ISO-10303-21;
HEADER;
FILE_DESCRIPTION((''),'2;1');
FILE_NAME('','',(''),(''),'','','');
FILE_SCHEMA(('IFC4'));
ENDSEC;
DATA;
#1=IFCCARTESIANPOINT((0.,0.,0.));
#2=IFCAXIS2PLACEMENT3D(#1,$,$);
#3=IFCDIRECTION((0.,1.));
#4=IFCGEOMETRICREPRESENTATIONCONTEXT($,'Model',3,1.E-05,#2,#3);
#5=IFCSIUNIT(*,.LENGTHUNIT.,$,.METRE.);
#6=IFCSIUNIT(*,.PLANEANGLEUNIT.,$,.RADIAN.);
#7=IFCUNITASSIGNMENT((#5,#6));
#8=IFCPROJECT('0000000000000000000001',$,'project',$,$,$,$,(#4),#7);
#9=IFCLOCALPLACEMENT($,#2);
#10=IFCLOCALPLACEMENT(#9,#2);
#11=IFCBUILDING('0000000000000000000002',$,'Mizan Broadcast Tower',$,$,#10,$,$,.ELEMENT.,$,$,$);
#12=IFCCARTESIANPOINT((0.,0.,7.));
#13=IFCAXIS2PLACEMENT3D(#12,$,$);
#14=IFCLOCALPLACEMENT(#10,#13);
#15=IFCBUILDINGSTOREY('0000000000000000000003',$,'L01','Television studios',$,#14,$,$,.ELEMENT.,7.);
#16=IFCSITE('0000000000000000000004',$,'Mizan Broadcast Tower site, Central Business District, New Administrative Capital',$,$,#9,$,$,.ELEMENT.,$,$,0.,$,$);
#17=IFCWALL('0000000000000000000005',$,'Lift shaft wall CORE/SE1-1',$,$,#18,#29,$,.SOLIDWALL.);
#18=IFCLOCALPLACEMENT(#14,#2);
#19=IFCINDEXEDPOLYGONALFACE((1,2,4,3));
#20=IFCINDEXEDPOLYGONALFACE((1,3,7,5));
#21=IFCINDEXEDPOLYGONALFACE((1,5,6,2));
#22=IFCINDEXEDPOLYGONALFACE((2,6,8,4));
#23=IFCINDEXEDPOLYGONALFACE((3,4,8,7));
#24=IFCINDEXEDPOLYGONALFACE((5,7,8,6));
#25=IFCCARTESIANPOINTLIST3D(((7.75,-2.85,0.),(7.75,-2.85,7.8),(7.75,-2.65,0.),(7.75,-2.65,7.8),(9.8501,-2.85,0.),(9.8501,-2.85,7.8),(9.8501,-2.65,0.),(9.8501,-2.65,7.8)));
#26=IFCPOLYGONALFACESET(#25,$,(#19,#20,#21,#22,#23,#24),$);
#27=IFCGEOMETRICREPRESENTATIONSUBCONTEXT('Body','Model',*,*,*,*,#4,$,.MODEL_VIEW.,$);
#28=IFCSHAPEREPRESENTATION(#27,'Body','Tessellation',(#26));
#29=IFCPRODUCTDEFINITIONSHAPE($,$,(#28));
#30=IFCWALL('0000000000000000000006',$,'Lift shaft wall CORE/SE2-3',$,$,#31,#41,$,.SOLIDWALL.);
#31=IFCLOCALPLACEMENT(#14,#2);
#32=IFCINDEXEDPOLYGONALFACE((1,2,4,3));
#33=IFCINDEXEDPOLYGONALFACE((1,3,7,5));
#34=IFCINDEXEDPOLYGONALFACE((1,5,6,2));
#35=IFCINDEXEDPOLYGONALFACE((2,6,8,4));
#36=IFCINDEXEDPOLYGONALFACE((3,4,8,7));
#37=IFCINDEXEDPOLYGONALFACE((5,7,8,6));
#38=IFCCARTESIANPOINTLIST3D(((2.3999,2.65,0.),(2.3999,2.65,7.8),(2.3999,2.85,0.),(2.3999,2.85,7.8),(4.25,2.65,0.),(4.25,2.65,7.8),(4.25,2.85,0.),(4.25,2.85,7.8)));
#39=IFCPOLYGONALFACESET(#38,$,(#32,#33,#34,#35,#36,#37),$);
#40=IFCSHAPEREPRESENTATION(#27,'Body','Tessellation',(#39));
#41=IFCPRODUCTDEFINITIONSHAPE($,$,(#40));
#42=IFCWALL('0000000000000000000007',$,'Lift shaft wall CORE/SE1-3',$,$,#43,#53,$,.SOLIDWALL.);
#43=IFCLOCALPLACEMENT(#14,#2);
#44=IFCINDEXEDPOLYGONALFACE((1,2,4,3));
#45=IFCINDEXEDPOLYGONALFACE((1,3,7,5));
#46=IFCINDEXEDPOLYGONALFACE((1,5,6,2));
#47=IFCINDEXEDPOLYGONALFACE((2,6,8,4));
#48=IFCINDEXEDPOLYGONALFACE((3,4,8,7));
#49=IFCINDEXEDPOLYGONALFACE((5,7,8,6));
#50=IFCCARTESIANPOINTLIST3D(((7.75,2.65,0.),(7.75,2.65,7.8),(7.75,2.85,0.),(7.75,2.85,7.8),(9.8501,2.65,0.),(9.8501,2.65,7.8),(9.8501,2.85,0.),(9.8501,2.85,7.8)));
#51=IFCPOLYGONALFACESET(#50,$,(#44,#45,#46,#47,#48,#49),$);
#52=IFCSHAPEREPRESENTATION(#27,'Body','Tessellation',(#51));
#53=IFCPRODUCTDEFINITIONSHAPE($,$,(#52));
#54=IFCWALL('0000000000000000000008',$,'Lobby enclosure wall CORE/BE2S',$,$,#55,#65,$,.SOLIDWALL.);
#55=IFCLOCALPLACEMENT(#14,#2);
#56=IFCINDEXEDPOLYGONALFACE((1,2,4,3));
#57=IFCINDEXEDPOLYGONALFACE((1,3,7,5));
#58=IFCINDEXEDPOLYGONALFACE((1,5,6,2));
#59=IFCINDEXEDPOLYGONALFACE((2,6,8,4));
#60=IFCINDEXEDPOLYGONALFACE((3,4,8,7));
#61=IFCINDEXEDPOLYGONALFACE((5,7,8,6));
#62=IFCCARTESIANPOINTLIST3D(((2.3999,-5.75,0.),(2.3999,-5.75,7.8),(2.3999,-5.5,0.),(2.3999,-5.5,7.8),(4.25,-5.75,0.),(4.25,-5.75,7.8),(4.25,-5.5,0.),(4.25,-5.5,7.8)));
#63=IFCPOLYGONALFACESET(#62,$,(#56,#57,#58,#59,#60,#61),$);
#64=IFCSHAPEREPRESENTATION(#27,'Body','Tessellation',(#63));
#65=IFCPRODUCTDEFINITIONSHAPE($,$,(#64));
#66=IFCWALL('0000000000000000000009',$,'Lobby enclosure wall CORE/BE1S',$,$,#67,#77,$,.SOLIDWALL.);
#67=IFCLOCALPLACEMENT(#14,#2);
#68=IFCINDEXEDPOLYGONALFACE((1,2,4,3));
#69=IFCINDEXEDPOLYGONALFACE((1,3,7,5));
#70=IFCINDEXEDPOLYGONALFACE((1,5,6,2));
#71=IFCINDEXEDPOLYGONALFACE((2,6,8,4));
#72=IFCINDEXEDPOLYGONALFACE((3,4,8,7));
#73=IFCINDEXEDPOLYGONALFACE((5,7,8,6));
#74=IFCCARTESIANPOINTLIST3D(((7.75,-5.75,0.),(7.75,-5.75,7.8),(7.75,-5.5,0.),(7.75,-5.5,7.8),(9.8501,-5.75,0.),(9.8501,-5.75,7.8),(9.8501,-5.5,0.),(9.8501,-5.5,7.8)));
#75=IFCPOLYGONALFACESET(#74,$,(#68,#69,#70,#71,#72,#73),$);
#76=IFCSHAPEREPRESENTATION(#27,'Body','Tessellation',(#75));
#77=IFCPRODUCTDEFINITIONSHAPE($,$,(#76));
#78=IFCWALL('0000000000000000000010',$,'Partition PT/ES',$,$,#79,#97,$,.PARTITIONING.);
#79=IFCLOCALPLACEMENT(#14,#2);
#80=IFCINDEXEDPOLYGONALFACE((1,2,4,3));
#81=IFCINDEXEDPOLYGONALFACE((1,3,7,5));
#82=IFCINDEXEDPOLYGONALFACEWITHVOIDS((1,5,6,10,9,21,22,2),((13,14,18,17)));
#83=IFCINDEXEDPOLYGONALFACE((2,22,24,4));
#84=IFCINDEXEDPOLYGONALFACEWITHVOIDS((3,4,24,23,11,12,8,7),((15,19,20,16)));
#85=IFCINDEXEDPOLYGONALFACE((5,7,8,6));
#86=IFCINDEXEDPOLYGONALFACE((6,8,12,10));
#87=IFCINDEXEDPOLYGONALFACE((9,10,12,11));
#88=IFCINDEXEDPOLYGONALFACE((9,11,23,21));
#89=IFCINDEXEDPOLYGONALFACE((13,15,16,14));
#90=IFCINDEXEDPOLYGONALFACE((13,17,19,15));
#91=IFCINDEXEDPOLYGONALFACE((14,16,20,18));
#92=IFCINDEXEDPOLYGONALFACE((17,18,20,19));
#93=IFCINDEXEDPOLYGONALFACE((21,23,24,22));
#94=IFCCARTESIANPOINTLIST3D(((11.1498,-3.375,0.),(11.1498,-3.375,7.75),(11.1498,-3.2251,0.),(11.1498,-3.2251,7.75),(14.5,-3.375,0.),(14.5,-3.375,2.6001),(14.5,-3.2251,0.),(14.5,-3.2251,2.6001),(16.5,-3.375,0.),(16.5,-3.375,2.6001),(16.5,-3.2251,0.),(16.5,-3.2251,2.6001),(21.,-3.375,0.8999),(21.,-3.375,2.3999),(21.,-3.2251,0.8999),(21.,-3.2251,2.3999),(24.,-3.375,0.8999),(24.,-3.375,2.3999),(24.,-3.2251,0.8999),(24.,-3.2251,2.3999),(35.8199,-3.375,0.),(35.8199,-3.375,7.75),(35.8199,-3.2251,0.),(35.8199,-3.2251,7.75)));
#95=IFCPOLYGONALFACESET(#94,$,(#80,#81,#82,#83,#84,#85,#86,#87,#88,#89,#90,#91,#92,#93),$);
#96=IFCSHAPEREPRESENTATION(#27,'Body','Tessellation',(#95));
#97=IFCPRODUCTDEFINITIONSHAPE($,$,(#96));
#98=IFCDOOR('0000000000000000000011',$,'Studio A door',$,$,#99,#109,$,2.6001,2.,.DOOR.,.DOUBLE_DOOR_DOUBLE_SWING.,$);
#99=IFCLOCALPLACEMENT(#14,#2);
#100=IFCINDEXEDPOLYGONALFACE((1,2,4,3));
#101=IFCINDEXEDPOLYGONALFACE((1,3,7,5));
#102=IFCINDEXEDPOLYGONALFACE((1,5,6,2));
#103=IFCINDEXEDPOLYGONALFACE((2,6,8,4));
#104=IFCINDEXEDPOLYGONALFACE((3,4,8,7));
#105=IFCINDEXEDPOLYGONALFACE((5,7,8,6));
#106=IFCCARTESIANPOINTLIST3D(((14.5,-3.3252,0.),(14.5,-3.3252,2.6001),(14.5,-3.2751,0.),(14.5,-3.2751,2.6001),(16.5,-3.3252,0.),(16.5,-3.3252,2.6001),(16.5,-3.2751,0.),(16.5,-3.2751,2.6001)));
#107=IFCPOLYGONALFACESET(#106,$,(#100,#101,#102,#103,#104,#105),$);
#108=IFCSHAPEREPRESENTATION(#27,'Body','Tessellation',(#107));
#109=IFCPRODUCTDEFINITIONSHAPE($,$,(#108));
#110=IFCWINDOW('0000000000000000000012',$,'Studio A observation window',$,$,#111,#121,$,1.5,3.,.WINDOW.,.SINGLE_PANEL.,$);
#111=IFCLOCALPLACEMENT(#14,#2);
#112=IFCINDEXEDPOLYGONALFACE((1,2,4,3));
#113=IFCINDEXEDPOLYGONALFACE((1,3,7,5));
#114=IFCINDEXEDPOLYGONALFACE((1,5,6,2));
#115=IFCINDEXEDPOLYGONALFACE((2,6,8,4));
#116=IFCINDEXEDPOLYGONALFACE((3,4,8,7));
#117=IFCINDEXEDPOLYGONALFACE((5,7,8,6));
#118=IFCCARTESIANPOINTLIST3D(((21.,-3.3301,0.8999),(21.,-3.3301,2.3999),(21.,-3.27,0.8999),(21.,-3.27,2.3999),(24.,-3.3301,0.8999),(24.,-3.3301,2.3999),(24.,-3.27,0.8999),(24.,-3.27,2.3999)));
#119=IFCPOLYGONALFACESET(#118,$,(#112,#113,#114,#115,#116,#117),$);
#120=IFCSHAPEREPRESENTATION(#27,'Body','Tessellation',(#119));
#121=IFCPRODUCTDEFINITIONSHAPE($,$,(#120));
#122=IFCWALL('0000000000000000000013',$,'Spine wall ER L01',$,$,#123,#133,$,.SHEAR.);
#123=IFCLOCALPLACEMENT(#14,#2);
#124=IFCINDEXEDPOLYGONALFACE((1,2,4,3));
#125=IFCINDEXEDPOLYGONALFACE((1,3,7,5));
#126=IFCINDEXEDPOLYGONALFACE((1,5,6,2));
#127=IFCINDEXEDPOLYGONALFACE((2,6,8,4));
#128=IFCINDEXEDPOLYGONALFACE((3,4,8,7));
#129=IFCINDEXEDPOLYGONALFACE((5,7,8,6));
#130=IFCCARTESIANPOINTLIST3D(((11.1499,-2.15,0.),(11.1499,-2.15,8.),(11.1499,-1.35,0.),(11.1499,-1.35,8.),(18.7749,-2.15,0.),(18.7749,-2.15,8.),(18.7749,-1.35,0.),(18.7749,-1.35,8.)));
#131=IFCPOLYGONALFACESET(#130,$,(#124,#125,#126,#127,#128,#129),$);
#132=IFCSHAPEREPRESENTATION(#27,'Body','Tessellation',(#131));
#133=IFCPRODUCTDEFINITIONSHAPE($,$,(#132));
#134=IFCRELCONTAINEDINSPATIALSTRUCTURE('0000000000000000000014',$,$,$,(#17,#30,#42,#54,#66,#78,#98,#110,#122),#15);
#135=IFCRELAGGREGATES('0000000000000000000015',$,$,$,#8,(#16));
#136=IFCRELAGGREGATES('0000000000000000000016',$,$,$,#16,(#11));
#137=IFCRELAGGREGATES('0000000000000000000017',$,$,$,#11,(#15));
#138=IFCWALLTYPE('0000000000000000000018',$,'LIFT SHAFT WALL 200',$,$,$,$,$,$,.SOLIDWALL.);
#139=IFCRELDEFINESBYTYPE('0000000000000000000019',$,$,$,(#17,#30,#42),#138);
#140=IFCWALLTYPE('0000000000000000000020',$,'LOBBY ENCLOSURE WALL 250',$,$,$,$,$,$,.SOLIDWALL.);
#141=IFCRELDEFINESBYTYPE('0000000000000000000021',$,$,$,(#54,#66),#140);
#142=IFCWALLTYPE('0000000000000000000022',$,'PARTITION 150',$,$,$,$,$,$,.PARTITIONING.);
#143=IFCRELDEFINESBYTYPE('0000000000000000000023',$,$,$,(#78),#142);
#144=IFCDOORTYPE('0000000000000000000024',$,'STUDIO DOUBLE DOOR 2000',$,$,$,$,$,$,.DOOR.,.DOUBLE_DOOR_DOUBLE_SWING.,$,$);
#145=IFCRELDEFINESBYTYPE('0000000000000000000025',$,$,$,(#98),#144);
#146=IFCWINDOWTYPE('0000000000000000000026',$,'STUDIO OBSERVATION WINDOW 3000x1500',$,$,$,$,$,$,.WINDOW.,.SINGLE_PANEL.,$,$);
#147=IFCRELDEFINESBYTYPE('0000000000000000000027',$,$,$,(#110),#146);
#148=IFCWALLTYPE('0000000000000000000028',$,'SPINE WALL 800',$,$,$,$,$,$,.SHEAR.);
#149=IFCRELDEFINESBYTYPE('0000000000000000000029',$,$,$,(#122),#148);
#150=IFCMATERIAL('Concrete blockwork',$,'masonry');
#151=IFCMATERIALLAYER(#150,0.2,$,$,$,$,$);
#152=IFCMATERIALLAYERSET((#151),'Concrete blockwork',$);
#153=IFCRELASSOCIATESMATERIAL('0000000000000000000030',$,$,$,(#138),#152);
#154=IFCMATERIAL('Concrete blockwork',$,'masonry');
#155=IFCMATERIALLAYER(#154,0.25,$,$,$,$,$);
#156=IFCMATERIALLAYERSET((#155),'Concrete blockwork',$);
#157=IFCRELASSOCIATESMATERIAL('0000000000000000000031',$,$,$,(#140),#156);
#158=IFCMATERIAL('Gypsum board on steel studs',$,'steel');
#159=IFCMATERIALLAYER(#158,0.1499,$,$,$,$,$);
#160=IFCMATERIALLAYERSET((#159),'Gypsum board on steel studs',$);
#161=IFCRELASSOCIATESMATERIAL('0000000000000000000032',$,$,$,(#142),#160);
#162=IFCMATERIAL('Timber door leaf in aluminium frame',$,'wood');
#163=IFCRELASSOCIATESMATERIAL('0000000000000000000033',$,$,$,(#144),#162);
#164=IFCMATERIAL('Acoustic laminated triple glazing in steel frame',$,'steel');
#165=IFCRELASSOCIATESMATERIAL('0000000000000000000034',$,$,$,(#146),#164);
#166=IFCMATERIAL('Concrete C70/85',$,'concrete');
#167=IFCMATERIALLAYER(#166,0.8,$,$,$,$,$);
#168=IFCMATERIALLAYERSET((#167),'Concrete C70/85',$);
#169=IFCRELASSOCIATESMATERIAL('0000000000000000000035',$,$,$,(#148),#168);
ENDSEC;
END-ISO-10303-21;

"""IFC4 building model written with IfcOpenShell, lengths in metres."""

from ifc_helpers import new_model, si_unit, direction, frame, frame_2d, origin, place, context, subcontext, project, spatial, rectangle, extrude, material, layer, layer_set, type_object, element, fill, save


model = new_model("IFC4")

# Units and contexts
model_context = context("Model", 3, precision=1e-05, world=origin(), true_north=direction((0.0, 1.0)))
body_context = subcontext(model_context, "Body", "Model", "MODEL_VIEW")
ifc_project = project(units=[si_unit("LENGTHUNIT", "METRE"), si_unit("PLANEANGLEUNIT", "RADIAN")], contexts=[model_context])

# Site, building, storey
site_placement = place(None, origin())
site = spatial("IfcSite", under=ifc_project, at=site_placement, Name="Mizan Broadcast Tower site, Central Business District, New Administrative Capital", CompositionType="ELEMENT", RefElevation=0.0)
building_placement = place(site_placement, origin())
building = spatial("IfcBuilding", under=site, at=building_placement, Name="Mizan Broadcast Tower", CompositionType="ELEMENT")
storey_placement = place(building_placement, frame((0.0, 0.0, 7.0)))
storey = spatial("IfcBuildingStorey", under=building, at=storey_placement, Name="L01", Description="Television studios", CompositionType="ELEMENT", Elevation=7.0)

# Walls
ifc_material_1 = material(Name="Concrete blockwork", Category="masonry")
ifc_layer_1 = layer(ifc_material_1, 0.2)
ifc_layer_set_1 = layer_set([ifc_layer_1], Name="Concrete blockwork")
wall_type_1 = type_object("IfcWallType", Name="LIFT SHAFT WALL 200", PredefinedType="SOLIDWALL", material=ifc_layer_set_1)
wall_1_placement = place(storey_placement, frame((7.75, -2.75, 0.0), z_axis=(0.0, 0.0, 1.0), x_axis=(1.0, 0.0, 0.0)))
element("IfcWall", 1, at=wall_1_placement, inside=storey, type_object=wall_type_1, Name="Lift shaft wall CORE/SE1-1", PredefinedType="SOLIDWALL", context=body_context, shape_type="SweptSolid", body=[
    extrude(rectangle(XDim=2.1001, YDim=0.2, at=frame_2d((1.05, 0.0))), origin(), (0.0, 0.0, 1.0), 7.8),
])
wall_2_placement = place(storey_placement, frame((2.3999, 2.75, 0.0), z_axis=(0.0, 0.0, 1.0), x_axis=(1.0, 0.0, 0.0)))
element("IfcWall", 2, at=wall_2_placement, inside=storey, type_object=wall_type_1, Name="Lift shaft wall CORE/SE2-3", PredefinedType="SOLIDWALL", context=body_context, shape_type="SweptSolid", body=[
    extrude(rectangle(XDim=1.8501, YDim=0.2, at=frame_2d((0.925, 0.0))), origin(), (0.0, 0.0, 1.0), 7.8),
])
wall_3_placement = place(storey_placement, frame((7.75, 2.75, 0.0), z_axis=(0.0, 0.0, 1.0), x_axis=(1.0, 0.0, 0.0)))
element("IfcWall", 3, at=wall_3_placement, inside=storey, type_object=wall_type_1, Name="Lift shaft wall CORE/SE1-3", PredefinedType="SOLIDWALL", context=body_context, shape_type="SweptSolid", body=[
    extrude(rectangle(XDim=2.1001, YDim=0.2, at=frame_2d((1.05, 0.0))), origin(), (0.0, 0.0, 1.0), 7.8),
])
ifc_material_2 = material(Name="Concrete blockwork", Category="masonry")
ifc_layer_2 = layer(ifc_material_2, 0.25)
ifc_layer_set_2 = layer_set([ifc_layer_2], Name="Concrete blockwork")
wall_type_2 = type_object("IfcWallType", Name="LOBBY ENCLOSURE WALL 250", PredefinedType="SOLIDWALL", material=ifc_layer_set_2)
wall_4_placement = place(storey_placement, frame((2.3999, -5.625, 0.0), z_axis=(0.0, 0.0, 1.0), x_axis=(1.0, 0.0, 0.0)))
element("IfcWall", 4, at=wall_4_placement, inside=storey, type_object=wall_type_2, Name="Lobby enclosure wall CORE/BE2S", PredefinedType="SOLIDWALL", context=body_context, shape_type="SweptSolid", body=[
    extrude(rectangle(XDim=1.8501, YDim=0.25, at=frame_2d((0.925, 0.0))), origin(), (0.0, 0.0, 1.0), 7.8),
])
wall_5_placement = place(storey_placement, frame((7.75, -5.625, 0.0), z_axis=(0.0, 0.0, 1.0), x_axis=(1.0, 0.0, 0.0)))
element("IfcWall", 5, at=wall_5_placement, inside=storey, type_object=wall_type_2, Name="Lobby enclosure wall CORE/BE1S", PredefinedType="SOLIDWALL", context=body_context, shape_type="SweptSolid", body=[
    extrude(rectangle(XDim=2.1001, YDim=0.25, at=frame_2d((1.05, 0.0))), origin(), (0.0, 0.0, 1.0), 7.8),
])

# Wall, openings, door, window
ifc_material_3 = material(Name="Gypsum board on steel studs", Category="steel")
ifc_layer_3 = layer(ifc_material_3, 0.1499)
ifc_layer_set_3 = layer_set([ifc_layer_3], Name="Gypsum board on steel studs")
wall_type_3 = type_object("IfcWallType", Name="PARTITION 150", PredefinedType="PARTITIONING", material=ifc_layer_set_3)
wall_6_placement = place(storey_placement, frame((11.1499, -3.3, 0.0), z_axis=(0.0, 0.0, 1.0), x_axis=(1.0, 0.0, 0.0)))
wall_6 = element("IfcWall", 6, at=wall_6_placement, inside=storey, type_object=wall_type_3, Name="Partition PT/ES", PredefinedType="PARTITIONING", context=body_context, shape_type="SweptSolid", body=[
    extrude(rectangle(XDim=24.6702, YDim=0.1499, at=frame_2d((12.335, 0.0))), origin(), (0.0, 0.0, 1.0), 7.75),
])
opening_1_placement = place(wall_6_placement, frame((3.3501, 0.0, 0.0)))
opening_1 = element("IfcOpeningElement", 7, at=opening_1_placement, cuts=wall_6, PredefinedType="OPENING", context=body_context, shape_type="SweptSolid", body=[
    extrude(rectangle(XDim=2.0, YDim=2.6001, at=frame_2d((1.0, 1.3))), frame((0.0, 0.085, 0.0), z_axis=(0.0, -1.0, 0.0), x_axis=(1.0, 0.0, 0.0)), (0.0, 0.0, 1.0), 0.1699),
])
opening_2_placement = place(wall_6_placement, frame((9.8501, 0.0, 0.8999)))
opening_2 = element("IfcOpeningElement", 8, at=opening_2_placement, cuts=wall_6, PredefinedType="OPENING", context=body_context, shape_type="SweptSolid", body=[
    extrude(rectangle(XDim=3.0, YDim=1.5, at=frame_2d((1.5, 0.75))), frame((0.0, 0.085, 0.0), z_axis=(0.0, -1.0, 0.0), x_axis=(1.0, 0.0, 0.0)), (0.0, 0.0, 1.0), 0.1699),
])
ifc_material_4 = material(Name="Timber door leaf in aluminium frame", Category="wood")
door_type = type_object("IfcDoorType", Name="STUDIO DOUBLE DOOR 2000", OperationType="DOUBLE_DOOR_DOUBLE_SWING", PredefinedType="DOOR", material=ifc_material_4)
door_placement = place(opening_1_placement, origin())
door = element("IfcDoor", 9, at=door_placement, inside=storey, type_object=door_type, Name="Studio A door", OperationType="DOUBLE_DOOR_DOUBLE_SWING", OverallHeight=2.6001, OverallWidth=2.0, PredefinedType="DOOR", context=body_context, shape_type="SweptSolid", body=[
    extrude(rectangle(XDim=2.0, YDim=2.6001, at=frame_2d((1.0, 1.3))), frame((0.0, 0.0249, 0.0), z_axis=(0.0, -1.0, 0.0), x_axis=(1.0, 0.0, 0.0)), (0.0, 0.0, 1.0), 0.05),
])
fill(opening_1, door)
ifc_material_5 = material(Name="Acoustic laminated triple glazing in steel frame", Category="steel")
window_type = type_object("IfcWindowType", Name="STUDIO OBSERVATION WINDOW 3000x1500", PartitioningType="SINGLE_PANEL", PredefinedType="WINDOW", material=ifc_material_5)
window_placement = place(opening_2_placement, origin())
window = element("IfcWindow", 10, at=window_placement, inside=storey, type_object=window_type, Name="Studio A observation window", OverallHeight=1.5, OverallWidth=3.0, PartitioningType="SINGLE_PANEL", PredefinedType="WINDOW", context=body_context, shape_type="SweptSolid", body=[
    extrude(rectangle(XDim=3.0, YDim=1.5, at=frame_2d((1.5, 0.75))), frame((0.0, 0.03, 0.0), z_axis=(0.0, -1.0, 0.0), x_axis=(1.0, 0.0, 0.0)), (0.0, 0.0, 1.0), 0.0601),
])
fill(opening_2, window)

# Wall
ifc_material_6 = material(Name="Concrete C70/85", Category="concrete")
ifc_layer_4 = layer(ifc_material_6, 0.8)
ifc_layer_set_4 = layer_set([ifc_layer_4], Name="Concrete C70/85")
wall_type_4 = type_object("IfcWallType", Name="SPINE WALL 800", PredefinedType="SHEAR", material=ifc_layer_set_4)
wall_7_placement = place(storey_placement, frame((11.1499, -1.75, 0.0), z_axis=(0.0, 0.0, 1.0), x_axis=(1.0, 0.0, 0.0)))
element("IfcWall", 11, at=wall_7_placement, inside=storey, type_object=wall_type_4, Name="Spine wall ER L01", PredefinedType="SHEAR", context=body_context, shape_type="SweptSolid", body=[
    extrude(rectangle(XDim=7.625, YDim=0.8, at=frame_2d((3.8125, 0.0))), origin(), (0.0, 0.0, 1.0), 8.0),
])

save(model, "model.ifc")
